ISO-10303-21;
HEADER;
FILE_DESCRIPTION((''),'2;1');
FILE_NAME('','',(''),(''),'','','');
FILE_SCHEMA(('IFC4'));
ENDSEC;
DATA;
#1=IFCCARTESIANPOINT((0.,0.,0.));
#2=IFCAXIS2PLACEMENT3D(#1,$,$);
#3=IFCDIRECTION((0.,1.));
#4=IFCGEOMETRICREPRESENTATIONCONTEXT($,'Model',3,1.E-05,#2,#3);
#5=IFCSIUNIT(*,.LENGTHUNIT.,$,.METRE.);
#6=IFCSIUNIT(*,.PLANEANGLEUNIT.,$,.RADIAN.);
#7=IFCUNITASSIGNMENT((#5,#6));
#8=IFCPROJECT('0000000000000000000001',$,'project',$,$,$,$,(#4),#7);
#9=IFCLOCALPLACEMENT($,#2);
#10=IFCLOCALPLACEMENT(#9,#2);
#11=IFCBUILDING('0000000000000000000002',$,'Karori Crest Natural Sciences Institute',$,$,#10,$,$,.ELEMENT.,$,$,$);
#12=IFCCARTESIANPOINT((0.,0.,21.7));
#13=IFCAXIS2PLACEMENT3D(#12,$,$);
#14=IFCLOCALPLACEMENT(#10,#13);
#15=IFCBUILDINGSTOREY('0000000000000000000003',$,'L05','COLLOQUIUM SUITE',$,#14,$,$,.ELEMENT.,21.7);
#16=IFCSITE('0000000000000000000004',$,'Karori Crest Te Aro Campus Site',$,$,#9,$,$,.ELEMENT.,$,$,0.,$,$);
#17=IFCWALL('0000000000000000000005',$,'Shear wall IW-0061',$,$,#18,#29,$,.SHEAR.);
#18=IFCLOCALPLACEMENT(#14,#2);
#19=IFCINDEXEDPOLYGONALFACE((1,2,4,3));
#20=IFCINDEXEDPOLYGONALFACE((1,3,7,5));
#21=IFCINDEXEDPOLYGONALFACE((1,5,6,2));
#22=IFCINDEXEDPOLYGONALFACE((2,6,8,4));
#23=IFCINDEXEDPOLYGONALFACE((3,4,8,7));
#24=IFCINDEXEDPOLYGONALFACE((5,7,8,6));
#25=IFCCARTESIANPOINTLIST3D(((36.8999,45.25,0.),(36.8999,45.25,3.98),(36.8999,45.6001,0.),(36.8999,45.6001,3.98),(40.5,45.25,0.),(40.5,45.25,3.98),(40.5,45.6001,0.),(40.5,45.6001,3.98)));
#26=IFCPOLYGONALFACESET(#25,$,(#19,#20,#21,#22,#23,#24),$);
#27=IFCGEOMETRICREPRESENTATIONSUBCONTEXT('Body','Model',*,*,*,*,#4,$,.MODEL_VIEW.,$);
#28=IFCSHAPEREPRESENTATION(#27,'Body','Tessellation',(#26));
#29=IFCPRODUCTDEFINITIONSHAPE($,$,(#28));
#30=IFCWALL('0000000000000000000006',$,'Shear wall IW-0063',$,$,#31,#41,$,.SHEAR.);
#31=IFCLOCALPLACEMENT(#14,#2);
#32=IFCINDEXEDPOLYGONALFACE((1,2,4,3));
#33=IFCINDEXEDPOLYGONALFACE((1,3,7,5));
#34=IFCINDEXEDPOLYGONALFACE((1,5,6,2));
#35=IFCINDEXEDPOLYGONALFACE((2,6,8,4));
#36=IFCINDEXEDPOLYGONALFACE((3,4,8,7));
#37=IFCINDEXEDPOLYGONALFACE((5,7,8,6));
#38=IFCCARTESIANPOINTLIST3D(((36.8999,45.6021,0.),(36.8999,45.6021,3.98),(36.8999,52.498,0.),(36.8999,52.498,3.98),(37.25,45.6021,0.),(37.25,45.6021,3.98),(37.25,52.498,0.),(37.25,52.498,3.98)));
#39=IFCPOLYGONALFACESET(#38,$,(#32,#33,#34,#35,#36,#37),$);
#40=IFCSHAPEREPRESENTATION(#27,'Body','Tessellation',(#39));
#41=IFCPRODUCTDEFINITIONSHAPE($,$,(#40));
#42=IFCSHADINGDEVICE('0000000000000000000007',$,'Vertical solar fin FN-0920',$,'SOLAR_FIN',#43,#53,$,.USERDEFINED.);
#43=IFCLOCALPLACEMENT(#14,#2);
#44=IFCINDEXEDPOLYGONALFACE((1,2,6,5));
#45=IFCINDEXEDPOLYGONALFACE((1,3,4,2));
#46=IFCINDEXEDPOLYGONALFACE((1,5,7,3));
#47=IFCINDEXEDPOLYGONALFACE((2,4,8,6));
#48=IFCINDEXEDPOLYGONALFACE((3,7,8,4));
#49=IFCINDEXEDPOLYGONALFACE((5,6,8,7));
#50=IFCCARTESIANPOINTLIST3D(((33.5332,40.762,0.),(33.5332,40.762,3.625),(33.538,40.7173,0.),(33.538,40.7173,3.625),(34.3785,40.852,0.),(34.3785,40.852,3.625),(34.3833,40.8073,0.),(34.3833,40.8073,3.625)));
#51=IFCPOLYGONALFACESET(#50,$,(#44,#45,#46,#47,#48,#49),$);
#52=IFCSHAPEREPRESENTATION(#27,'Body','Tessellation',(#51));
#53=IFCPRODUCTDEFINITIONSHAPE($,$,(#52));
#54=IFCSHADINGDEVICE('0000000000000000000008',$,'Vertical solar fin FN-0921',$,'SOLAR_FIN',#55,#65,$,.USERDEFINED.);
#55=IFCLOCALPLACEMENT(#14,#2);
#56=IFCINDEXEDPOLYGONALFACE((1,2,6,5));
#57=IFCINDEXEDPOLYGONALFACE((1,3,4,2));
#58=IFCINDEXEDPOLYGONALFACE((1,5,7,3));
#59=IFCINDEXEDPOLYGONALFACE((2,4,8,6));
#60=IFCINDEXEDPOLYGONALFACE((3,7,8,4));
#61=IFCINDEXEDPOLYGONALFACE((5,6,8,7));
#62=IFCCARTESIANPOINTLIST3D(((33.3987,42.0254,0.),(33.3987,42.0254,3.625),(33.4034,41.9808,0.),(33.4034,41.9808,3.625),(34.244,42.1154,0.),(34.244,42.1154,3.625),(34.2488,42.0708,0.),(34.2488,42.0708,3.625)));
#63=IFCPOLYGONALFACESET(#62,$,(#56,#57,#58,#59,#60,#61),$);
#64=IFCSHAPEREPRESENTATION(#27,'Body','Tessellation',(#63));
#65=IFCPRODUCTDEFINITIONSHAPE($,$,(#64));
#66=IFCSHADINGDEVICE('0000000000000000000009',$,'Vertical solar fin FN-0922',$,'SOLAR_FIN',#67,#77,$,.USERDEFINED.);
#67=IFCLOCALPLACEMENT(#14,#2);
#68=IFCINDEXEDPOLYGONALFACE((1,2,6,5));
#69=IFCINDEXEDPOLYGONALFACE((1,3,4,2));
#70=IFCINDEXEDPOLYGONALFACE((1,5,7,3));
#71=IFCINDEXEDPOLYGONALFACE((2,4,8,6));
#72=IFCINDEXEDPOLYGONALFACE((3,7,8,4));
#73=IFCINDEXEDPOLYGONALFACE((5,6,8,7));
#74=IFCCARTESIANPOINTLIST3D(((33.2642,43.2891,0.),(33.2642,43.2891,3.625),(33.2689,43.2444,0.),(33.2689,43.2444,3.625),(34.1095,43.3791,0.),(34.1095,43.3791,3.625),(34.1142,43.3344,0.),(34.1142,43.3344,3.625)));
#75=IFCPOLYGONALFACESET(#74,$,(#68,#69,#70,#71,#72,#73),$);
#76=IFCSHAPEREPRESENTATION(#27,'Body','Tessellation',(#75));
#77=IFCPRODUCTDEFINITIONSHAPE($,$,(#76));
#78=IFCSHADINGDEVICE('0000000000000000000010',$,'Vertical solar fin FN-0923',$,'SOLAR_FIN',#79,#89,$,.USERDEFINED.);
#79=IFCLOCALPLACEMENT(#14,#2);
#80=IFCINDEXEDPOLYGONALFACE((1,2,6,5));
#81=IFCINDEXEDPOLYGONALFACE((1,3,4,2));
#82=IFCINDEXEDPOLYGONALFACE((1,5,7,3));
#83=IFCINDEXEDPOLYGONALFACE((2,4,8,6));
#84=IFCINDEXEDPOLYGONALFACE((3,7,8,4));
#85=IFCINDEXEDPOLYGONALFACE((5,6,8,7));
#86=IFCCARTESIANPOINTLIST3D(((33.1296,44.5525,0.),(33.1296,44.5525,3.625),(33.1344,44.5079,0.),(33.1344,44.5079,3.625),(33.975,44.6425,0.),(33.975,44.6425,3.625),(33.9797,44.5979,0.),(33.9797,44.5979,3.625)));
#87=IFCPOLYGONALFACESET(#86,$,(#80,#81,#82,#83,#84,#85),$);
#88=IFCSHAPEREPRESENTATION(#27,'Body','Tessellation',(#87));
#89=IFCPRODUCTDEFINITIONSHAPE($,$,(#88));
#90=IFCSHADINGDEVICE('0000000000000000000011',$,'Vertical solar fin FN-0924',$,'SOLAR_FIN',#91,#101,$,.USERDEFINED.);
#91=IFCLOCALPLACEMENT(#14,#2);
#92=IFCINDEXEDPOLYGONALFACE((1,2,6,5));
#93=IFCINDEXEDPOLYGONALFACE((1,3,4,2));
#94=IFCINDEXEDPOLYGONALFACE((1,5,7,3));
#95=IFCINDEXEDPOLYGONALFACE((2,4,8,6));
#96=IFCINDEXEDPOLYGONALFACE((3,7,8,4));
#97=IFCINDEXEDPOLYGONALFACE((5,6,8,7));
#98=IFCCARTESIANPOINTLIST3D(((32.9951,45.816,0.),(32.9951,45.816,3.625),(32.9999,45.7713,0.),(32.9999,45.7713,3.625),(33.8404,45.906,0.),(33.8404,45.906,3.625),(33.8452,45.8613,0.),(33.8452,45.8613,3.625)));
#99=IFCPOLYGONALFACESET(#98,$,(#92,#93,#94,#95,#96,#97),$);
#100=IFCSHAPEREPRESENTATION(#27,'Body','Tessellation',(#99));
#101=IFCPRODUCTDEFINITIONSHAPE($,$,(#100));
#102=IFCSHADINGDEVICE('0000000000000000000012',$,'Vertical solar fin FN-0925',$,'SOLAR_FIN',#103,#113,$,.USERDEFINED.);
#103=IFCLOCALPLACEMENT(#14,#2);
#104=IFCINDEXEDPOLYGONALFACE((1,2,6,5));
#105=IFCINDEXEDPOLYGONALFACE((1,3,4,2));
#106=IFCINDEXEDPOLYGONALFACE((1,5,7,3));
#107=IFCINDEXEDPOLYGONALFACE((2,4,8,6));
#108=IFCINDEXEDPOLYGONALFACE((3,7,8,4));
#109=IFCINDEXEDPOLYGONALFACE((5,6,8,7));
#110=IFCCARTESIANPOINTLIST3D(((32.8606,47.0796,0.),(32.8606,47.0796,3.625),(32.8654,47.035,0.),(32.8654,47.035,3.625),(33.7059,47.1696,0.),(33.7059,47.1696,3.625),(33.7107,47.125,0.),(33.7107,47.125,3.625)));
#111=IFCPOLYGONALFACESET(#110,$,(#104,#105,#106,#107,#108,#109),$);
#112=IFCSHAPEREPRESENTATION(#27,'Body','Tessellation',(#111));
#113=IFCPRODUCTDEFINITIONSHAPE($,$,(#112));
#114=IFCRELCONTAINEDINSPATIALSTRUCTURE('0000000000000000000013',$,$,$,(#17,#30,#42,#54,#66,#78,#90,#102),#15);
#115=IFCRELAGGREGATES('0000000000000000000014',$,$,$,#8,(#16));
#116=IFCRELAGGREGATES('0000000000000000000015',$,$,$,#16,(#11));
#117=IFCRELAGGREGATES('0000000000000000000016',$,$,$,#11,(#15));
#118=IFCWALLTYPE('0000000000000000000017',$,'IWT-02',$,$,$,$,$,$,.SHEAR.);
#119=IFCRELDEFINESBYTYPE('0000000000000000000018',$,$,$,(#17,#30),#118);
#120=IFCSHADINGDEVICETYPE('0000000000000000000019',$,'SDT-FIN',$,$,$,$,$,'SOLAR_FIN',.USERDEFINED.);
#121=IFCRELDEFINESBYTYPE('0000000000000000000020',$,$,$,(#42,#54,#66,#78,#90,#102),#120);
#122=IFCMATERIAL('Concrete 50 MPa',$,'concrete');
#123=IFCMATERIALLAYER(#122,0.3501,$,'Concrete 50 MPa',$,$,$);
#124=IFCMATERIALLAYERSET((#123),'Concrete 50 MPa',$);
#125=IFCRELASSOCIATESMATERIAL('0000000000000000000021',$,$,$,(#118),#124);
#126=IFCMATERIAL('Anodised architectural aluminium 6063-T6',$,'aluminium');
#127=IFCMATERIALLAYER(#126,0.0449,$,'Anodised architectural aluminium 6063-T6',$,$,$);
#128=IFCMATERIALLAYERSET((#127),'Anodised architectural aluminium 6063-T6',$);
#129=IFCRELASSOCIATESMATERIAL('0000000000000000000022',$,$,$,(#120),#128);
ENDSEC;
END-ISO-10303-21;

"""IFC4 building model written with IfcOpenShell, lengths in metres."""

from ifc_helpers import new_model, si_unit, direction, frame, frame_2d, origin, origin_2d, place, context, subcontext, project, spatial, rectangle, extrude, material, layer, layer_set, type_object, element, save


model = new_model("IFC4")

# Units and contexts
model_context = context("Model", 3, precision=1e-05, world=origin(), true_north=direction((0.0, 1.0)))
body_context = subcontext(model_context, "Body", "Model", "MODEL_VIEW")
ifc_project = project(units=[si_unit("LENGTHUNIT", "METRE"), si_unit("PLANEANGLEUNIT", "RADIAN")], contexts=[model_context])

# Site, building, storey
site_placement = place(None, origin())
site = spatial("IfcSite", under=ifc_project, at=site_placement, Name="Karori Crest Te Aro Campus Site", CompositionType="ELEMENT", RefElevation=0.0)
building_placement = place(site_placement, origin())
building = spatial("IfcBuilding", under=site, at=building_placement, Name="Karori Crest Natural Sciences Institute", CompositionType="ELEMENT")
storey_placement = place(building_placement, frame((0.0, 0.0, 21.7)))
storey = spatial("IfcBuildingStorey", under=building, at=storey_placement, Name="L05", Description="COLLOQUIUM SUITE", CompositionType="ELEMENT", Elevation=21.7)

# Shared definitions
ifc_material_1 = material(Name="Anodised architectural aluminium 6063-T6", Category="aluminium")

# Walls
ifc_material_2 = material(Name="Concrete 50 MPa", Category="concrete")
ifc_layer_1 = layer(ifc_material_2, 0.3501, Name="Concrete 50 MPa")
ifc_layer_set_1 = layer_set([ifc_layer_1], Name="Concrete 50 MPa")
wall_type = type_object("IfcWallType", Name="IWT-02", PredefinedType="SHEAR", material=ifc_layer_set_1)
wall_1_placement = place(storey_placement, frame((36.8999, 45.425, 0.0), z_axis=(0.0, 0.0, 1.0), x_axis=(1.0, 0.0, 0.0)))
element("IfcWall", 1, at=wall_1_placement, inside=storey, type_object=wall_type, Name="Shear wall IW-0061", PredefinedType="SHEAR", context=body_context, shape_type="SweptSolid", body=[
    extrude(rectangle(XDim=3.6001, YDim=0.3501, at=frame_2d((1.8, 0.0))), origin(), (0.0, 0.0, 1.0), 3.98),
])
wall_2_placement = place(storey_placement, frame((37.075, 45.6021, 0.0), z_axis=(0.0, 0.0, 1.0), x_axis=(0.0, 1.0, 0.0)))
element("IfcWall", 2, at=wall_2_placement, inside=storey, type_object=wall_type, Name="Shear wall IW-0063", PredefinedType="SHEAR", context=body_context, shape_type="SweptSolid", body=[
    extrude(rectangle(XDim=6.896, YDim=0.3501, at=frame_2d((3.448, 0.0))), origin(), (0.0, 0.0, 1.0), 3.98),
])

# Shading devices
ifc_layer_2 = layer(ifc_material_1, 0.0449, Name="Anodised architectural aluminium 6063-T6")
ifc_layer_set_2 = layer_set([ifc_layer_2], Name="Anodised architectural aluminium 6063-T6")
shading_device_type = type_object("IfcShadingDeviceType", Name="SDT-FIN", ElementType="SOLAR_FIN", PredefinedType="USERDEFINED", material=ifc_layer_set_2)
for number, where, z_axis, x_axis, name in (
    (3, (33.9583, 40.7847, 0.0), (0.0, 0.0, 1.0), (-0.994378, -0.105884, 0.0), "Vertical solar fin FN-0920"),
    (4, (33.8237, 42.0481, 0.0), (0.0, 0.0, 1.0), (-0.994378, -0.105884, 0.0), "Vertical solar fin FN-0921"),
    (5, (33.6892, 43.3118, 0.0), (0.0, 0.0, 1.0), (-0.994378, -0.105884, 0.0), "Vertical solar fin FN-0922"),
    (6, (33.5547, 44.5752, 0.0), (0.0, 0.0, 1.0), (-0.994378, -0.105884, 0.0), "Vertical solar fin FN-0923"),
    (7, (33.4202, 45.8386, 0.0), (0.0, 0.0, 1.0), (-0.994378, -0.105884, 0.0), "Vertical solar fin FN-0924"),
    (8, (33.2856, 47.1023, 0.0), (0.0, 0.0, 1.0), (-0.994378, -0.105884, 0.0), "Vertical solar fin FN-0925"),
):
    element("IfcShadingDevice", number, at=place(storey_placement, frame(where, z_axis=z_axis, x_axis=x_axis)), inside=storey, type_object=shading_device_type, Name=name, ObjectType="SOLAR_FIN", PredefinedType="USERDEFINED", context=body_context, shape_type="SweptSolid", body=[
        extrude(rectangle(XDim=0.8501, YDim=0.0449, at=origin_2d()), origin(), (0.0, 0.0, 1.0), 3.625),
    ])

save(model, "model.ifc")
